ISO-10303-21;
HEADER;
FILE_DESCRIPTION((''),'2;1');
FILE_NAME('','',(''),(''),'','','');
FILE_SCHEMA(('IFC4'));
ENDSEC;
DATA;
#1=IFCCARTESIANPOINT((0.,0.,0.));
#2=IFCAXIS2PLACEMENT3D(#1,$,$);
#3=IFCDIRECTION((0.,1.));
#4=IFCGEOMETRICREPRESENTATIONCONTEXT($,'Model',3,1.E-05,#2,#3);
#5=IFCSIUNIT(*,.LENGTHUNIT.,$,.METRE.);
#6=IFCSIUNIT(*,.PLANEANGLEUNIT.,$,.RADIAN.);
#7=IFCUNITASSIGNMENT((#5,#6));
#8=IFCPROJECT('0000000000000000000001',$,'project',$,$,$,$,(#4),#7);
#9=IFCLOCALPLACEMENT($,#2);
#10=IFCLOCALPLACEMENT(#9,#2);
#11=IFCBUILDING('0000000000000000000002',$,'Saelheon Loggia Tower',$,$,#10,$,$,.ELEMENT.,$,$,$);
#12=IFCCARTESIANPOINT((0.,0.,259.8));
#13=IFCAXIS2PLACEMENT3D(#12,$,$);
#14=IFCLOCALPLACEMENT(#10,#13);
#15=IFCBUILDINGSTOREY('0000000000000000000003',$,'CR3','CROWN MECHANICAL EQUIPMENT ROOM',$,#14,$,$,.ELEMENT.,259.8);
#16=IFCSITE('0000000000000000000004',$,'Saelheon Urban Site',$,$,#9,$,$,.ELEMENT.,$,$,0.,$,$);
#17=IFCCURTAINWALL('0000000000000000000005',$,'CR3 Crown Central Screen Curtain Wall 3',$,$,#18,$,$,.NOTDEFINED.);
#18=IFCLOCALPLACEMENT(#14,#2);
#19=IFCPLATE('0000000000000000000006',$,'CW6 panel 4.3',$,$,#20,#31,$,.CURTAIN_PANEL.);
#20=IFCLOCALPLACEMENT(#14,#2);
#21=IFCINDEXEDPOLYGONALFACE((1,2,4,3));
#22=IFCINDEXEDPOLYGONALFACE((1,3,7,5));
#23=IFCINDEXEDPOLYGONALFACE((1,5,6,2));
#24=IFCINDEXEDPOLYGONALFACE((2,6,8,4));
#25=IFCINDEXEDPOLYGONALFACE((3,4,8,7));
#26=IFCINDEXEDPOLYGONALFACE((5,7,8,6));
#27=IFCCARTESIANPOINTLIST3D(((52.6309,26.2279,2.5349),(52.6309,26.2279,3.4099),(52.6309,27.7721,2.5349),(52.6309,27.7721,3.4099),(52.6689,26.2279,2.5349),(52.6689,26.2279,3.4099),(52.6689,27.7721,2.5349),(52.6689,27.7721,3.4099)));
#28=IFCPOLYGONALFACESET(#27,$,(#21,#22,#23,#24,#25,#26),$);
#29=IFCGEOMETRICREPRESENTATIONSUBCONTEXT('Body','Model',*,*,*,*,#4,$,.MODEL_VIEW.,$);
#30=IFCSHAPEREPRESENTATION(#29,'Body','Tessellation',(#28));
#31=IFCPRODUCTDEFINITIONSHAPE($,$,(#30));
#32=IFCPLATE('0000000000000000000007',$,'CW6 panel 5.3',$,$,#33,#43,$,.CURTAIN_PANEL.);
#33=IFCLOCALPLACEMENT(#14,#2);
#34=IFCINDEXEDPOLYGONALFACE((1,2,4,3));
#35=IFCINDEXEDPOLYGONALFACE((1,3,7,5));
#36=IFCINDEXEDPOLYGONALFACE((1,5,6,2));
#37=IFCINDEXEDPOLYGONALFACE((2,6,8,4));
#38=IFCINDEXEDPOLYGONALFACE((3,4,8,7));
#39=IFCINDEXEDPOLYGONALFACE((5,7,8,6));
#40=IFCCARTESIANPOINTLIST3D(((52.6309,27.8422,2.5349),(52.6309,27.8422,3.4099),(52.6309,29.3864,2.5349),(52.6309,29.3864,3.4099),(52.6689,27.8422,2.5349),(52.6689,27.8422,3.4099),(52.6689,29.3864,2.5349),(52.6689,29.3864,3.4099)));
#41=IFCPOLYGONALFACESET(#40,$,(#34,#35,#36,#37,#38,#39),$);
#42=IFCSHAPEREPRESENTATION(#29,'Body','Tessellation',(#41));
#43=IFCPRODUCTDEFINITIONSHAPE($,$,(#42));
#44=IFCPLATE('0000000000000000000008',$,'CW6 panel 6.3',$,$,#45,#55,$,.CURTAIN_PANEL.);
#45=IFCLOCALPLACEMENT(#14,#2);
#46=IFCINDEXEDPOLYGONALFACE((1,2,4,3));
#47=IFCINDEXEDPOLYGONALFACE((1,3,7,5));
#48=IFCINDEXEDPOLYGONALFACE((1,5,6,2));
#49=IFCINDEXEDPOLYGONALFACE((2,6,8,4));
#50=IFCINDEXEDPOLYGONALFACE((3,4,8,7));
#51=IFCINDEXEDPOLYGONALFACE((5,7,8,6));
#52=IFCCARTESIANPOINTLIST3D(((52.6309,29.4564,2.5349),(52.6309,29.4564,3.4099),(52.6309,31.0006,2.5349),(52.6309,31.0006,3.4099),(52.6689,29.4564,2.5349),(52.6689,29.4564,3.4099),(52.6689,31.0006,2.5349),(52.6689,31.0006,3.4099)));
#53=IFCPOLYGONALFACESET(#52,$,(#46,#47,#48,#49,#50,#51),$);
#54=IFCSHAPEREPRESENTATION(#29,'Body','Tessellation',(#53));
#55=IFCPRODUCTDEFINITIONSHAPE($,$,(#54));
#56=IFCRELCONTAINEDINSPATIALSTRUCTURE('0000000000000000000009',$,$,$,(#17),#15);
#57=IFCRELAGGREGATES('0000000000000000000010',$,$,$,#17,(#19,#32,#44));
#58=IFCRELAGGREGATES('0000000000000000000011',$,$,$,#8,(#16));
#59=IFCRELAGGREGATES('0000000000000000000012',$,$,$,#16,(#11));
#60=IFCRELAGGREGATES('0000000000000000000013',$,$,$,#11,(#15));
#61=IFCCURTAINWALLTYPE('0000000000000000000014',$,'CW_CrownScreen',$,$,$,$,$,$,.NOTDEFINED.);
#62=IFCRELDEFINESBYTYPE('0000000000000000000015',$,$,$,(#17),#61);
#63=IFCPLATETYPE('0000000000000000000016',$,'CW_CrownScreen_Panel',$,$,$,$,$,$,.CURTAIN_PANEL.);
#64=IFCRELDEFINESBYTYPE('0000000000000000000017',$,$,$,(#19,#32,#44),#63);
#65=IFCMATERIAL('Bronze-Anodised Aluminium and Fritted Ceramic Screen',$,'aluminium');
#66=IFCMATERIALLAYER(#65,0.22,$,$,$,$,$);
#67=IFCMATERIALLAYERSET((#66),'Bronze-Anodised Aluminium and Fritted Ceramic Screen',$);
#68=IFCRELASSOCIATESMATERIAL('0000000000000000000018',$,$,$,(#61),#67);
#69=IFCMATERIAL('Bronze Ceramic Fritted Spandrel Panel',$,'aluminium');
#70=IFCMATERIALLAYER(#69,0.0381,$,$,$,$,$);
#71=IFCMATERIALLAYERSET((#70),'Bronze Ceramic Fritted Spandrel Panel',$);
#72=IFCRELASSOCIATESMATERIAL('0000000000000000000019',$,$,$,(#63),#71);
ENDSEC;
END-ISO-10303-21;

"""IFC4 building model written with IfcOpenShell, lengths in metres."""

from ifc_helpers import new_model, si_unit, direction, frame, origin, origin_2d, place, context, subcontext, project, spatial, rectangle, extrude, source, transform, mapped, material, layer, layer_set, type_object, element, aggregate, save


model = new_model("IFC4")

# Units and contexts
model_context = context("Model", 3, precision=1e-05, world=origin(), true_north=direction((0.0, 1.0)))
body_context = subcontext(model_context, "Body", "Model", "MODEL_VIEW")
ifc_project = project(units=[si_unit("LENGTHUNIT", "METRE"), si_unit("PLANEANGLEUNIT", "RADIAN")], contexts=[model_context])

# Site, building, storey
site_placement = place(None, origin())
site = spatial("IfcSite", under=ifc_project, at=site_placement, Name="Saelheon Urban Site", CompositionType="ELEMENT", RefElevation=0.0)
building_placement = place(site_placement, origin())
building = spatial("IfcBuilding", under=site, at=building_placement, Name="Saelheon Loggia Tower", CompositionType="ELEMENT")
storey_placement = place(building_placement, frame((0.0, 0.0, 259.8)))
storey = spatial("IfcBuildingStorey", under=building, at=storey_placement, Name="CR3", Description="CROWN MECHANICAL EQUIPMENT ROOM", CompositionType="ELEMENT", Elevation=259.8)

# Curtain wall, plates
ifc_material_1 = material(Name="Bronze-Anodised Aluminium and Fritted Ceramic Screen", Category="aluminium")
ifc_layer_1 = layer(ifc_material_1, 0.22)
ifc_layer_set_1 = layer_set([ifc_layer_1], Name="Bronze-Anodised Aluminium and Fritted Ceramic Screen")
curtain_wall_type = type_object("IfcCurtainWallType", Name="CW_CrownScreen", PredefinedType="NOTDEFINED", material=ifc_layer_set_1)
curtain_wall_placement = place(storey_placement, origin())
curtain_wall = element("IfcCurtainWall", 1, at=curtain_wall_placement, inside=storey, type_object=curtain_wall_type, Name="CR3 Crown Central Screen Curtain Wall 3", PredefinedType="NOTDEFINED")
ifc_material_2 = material(Name="Bronze Ceramic Fritted Spandrel Panel", Category="aluminium")
ifc_layer_2 = layer(ifc_material_2, 0.0381)
ifc_layer_set_2 = layer_set([ifc_layer_2], Name="Bronze Ceramic Fritted Spandrel Panel")
plate_type = type_object("IfcPlateType", Name="CW_CrownScreen_Panel", PredefinedType="CURTAIN_PANEL", material=ifc_layer_set_2)
shared_shape_1 = source(origin(), body_context, "Body", "SweptSolid", [
    extrude(rectangle(XDim=1.5442, YDim=0.0381, at=origin_2d()), origin(), (0.0, 0.0, 1.0), 0.875),
])
plate_1_placement = place(storey_placement, frame((52.6499, 27.0, 2.5349), z_axis=(0.0, 0.0, 1.0), x_axis=(0.0, 1.0, 0.0)))
plate_1 = element("IfcPlate", 2, at=plate_1_placement, type_object=plate_type, Name="CW6 panel 4.3", PredefinedType="CURTAIN_PANEL", context=body_context, shape_type="MappedRepresentation", body=[
    mapped(shared_shape_1, transform((0.0, 0.0, 0.0), scale=1.0)),
])
plate_2_placement = place(storey_placement, frame((52.6499, 28.6143, 2.5349), z_axis=(0.0, 0.0, 1.0), x_axis=(0.0, 1.0, 0.0)))
plate_2 = element("IfcPlate", 3, at=plate_2_placement, type_object=plate_type, Name="CW6 panel 5.3", PredefinedType="CURTAIN_PANEL", context=body_context, shape_type="MappedRepresentation", body=[
    mapped(shared_shape_1, transform((0.0, 0.0, 0.0), scale=1.0)),
])
plate_3_placement = place(storey_placement, frame((52.6499, 30.2285, 2.5349), z_axis=(0.0, 0.0, 1.0), x_axis=(0.0, 1.0, 0.0)))
plate_3 = element("IfcPlate", 4, at=plate_3_placement, type_object=plate_type, Name="CW6 panel 6.3", PredefinedType="CURTAIN_PANEL", context=body_context, shape_type="MappedRepresentation", body=[
    mapped(shared_shape_1, transform((0.0, 0.0, 0.0), scale=1.0)),
])
aggregate(curtain_wall, [plate_1, plate_2, plate_3])

save(model, "model.ifc")
